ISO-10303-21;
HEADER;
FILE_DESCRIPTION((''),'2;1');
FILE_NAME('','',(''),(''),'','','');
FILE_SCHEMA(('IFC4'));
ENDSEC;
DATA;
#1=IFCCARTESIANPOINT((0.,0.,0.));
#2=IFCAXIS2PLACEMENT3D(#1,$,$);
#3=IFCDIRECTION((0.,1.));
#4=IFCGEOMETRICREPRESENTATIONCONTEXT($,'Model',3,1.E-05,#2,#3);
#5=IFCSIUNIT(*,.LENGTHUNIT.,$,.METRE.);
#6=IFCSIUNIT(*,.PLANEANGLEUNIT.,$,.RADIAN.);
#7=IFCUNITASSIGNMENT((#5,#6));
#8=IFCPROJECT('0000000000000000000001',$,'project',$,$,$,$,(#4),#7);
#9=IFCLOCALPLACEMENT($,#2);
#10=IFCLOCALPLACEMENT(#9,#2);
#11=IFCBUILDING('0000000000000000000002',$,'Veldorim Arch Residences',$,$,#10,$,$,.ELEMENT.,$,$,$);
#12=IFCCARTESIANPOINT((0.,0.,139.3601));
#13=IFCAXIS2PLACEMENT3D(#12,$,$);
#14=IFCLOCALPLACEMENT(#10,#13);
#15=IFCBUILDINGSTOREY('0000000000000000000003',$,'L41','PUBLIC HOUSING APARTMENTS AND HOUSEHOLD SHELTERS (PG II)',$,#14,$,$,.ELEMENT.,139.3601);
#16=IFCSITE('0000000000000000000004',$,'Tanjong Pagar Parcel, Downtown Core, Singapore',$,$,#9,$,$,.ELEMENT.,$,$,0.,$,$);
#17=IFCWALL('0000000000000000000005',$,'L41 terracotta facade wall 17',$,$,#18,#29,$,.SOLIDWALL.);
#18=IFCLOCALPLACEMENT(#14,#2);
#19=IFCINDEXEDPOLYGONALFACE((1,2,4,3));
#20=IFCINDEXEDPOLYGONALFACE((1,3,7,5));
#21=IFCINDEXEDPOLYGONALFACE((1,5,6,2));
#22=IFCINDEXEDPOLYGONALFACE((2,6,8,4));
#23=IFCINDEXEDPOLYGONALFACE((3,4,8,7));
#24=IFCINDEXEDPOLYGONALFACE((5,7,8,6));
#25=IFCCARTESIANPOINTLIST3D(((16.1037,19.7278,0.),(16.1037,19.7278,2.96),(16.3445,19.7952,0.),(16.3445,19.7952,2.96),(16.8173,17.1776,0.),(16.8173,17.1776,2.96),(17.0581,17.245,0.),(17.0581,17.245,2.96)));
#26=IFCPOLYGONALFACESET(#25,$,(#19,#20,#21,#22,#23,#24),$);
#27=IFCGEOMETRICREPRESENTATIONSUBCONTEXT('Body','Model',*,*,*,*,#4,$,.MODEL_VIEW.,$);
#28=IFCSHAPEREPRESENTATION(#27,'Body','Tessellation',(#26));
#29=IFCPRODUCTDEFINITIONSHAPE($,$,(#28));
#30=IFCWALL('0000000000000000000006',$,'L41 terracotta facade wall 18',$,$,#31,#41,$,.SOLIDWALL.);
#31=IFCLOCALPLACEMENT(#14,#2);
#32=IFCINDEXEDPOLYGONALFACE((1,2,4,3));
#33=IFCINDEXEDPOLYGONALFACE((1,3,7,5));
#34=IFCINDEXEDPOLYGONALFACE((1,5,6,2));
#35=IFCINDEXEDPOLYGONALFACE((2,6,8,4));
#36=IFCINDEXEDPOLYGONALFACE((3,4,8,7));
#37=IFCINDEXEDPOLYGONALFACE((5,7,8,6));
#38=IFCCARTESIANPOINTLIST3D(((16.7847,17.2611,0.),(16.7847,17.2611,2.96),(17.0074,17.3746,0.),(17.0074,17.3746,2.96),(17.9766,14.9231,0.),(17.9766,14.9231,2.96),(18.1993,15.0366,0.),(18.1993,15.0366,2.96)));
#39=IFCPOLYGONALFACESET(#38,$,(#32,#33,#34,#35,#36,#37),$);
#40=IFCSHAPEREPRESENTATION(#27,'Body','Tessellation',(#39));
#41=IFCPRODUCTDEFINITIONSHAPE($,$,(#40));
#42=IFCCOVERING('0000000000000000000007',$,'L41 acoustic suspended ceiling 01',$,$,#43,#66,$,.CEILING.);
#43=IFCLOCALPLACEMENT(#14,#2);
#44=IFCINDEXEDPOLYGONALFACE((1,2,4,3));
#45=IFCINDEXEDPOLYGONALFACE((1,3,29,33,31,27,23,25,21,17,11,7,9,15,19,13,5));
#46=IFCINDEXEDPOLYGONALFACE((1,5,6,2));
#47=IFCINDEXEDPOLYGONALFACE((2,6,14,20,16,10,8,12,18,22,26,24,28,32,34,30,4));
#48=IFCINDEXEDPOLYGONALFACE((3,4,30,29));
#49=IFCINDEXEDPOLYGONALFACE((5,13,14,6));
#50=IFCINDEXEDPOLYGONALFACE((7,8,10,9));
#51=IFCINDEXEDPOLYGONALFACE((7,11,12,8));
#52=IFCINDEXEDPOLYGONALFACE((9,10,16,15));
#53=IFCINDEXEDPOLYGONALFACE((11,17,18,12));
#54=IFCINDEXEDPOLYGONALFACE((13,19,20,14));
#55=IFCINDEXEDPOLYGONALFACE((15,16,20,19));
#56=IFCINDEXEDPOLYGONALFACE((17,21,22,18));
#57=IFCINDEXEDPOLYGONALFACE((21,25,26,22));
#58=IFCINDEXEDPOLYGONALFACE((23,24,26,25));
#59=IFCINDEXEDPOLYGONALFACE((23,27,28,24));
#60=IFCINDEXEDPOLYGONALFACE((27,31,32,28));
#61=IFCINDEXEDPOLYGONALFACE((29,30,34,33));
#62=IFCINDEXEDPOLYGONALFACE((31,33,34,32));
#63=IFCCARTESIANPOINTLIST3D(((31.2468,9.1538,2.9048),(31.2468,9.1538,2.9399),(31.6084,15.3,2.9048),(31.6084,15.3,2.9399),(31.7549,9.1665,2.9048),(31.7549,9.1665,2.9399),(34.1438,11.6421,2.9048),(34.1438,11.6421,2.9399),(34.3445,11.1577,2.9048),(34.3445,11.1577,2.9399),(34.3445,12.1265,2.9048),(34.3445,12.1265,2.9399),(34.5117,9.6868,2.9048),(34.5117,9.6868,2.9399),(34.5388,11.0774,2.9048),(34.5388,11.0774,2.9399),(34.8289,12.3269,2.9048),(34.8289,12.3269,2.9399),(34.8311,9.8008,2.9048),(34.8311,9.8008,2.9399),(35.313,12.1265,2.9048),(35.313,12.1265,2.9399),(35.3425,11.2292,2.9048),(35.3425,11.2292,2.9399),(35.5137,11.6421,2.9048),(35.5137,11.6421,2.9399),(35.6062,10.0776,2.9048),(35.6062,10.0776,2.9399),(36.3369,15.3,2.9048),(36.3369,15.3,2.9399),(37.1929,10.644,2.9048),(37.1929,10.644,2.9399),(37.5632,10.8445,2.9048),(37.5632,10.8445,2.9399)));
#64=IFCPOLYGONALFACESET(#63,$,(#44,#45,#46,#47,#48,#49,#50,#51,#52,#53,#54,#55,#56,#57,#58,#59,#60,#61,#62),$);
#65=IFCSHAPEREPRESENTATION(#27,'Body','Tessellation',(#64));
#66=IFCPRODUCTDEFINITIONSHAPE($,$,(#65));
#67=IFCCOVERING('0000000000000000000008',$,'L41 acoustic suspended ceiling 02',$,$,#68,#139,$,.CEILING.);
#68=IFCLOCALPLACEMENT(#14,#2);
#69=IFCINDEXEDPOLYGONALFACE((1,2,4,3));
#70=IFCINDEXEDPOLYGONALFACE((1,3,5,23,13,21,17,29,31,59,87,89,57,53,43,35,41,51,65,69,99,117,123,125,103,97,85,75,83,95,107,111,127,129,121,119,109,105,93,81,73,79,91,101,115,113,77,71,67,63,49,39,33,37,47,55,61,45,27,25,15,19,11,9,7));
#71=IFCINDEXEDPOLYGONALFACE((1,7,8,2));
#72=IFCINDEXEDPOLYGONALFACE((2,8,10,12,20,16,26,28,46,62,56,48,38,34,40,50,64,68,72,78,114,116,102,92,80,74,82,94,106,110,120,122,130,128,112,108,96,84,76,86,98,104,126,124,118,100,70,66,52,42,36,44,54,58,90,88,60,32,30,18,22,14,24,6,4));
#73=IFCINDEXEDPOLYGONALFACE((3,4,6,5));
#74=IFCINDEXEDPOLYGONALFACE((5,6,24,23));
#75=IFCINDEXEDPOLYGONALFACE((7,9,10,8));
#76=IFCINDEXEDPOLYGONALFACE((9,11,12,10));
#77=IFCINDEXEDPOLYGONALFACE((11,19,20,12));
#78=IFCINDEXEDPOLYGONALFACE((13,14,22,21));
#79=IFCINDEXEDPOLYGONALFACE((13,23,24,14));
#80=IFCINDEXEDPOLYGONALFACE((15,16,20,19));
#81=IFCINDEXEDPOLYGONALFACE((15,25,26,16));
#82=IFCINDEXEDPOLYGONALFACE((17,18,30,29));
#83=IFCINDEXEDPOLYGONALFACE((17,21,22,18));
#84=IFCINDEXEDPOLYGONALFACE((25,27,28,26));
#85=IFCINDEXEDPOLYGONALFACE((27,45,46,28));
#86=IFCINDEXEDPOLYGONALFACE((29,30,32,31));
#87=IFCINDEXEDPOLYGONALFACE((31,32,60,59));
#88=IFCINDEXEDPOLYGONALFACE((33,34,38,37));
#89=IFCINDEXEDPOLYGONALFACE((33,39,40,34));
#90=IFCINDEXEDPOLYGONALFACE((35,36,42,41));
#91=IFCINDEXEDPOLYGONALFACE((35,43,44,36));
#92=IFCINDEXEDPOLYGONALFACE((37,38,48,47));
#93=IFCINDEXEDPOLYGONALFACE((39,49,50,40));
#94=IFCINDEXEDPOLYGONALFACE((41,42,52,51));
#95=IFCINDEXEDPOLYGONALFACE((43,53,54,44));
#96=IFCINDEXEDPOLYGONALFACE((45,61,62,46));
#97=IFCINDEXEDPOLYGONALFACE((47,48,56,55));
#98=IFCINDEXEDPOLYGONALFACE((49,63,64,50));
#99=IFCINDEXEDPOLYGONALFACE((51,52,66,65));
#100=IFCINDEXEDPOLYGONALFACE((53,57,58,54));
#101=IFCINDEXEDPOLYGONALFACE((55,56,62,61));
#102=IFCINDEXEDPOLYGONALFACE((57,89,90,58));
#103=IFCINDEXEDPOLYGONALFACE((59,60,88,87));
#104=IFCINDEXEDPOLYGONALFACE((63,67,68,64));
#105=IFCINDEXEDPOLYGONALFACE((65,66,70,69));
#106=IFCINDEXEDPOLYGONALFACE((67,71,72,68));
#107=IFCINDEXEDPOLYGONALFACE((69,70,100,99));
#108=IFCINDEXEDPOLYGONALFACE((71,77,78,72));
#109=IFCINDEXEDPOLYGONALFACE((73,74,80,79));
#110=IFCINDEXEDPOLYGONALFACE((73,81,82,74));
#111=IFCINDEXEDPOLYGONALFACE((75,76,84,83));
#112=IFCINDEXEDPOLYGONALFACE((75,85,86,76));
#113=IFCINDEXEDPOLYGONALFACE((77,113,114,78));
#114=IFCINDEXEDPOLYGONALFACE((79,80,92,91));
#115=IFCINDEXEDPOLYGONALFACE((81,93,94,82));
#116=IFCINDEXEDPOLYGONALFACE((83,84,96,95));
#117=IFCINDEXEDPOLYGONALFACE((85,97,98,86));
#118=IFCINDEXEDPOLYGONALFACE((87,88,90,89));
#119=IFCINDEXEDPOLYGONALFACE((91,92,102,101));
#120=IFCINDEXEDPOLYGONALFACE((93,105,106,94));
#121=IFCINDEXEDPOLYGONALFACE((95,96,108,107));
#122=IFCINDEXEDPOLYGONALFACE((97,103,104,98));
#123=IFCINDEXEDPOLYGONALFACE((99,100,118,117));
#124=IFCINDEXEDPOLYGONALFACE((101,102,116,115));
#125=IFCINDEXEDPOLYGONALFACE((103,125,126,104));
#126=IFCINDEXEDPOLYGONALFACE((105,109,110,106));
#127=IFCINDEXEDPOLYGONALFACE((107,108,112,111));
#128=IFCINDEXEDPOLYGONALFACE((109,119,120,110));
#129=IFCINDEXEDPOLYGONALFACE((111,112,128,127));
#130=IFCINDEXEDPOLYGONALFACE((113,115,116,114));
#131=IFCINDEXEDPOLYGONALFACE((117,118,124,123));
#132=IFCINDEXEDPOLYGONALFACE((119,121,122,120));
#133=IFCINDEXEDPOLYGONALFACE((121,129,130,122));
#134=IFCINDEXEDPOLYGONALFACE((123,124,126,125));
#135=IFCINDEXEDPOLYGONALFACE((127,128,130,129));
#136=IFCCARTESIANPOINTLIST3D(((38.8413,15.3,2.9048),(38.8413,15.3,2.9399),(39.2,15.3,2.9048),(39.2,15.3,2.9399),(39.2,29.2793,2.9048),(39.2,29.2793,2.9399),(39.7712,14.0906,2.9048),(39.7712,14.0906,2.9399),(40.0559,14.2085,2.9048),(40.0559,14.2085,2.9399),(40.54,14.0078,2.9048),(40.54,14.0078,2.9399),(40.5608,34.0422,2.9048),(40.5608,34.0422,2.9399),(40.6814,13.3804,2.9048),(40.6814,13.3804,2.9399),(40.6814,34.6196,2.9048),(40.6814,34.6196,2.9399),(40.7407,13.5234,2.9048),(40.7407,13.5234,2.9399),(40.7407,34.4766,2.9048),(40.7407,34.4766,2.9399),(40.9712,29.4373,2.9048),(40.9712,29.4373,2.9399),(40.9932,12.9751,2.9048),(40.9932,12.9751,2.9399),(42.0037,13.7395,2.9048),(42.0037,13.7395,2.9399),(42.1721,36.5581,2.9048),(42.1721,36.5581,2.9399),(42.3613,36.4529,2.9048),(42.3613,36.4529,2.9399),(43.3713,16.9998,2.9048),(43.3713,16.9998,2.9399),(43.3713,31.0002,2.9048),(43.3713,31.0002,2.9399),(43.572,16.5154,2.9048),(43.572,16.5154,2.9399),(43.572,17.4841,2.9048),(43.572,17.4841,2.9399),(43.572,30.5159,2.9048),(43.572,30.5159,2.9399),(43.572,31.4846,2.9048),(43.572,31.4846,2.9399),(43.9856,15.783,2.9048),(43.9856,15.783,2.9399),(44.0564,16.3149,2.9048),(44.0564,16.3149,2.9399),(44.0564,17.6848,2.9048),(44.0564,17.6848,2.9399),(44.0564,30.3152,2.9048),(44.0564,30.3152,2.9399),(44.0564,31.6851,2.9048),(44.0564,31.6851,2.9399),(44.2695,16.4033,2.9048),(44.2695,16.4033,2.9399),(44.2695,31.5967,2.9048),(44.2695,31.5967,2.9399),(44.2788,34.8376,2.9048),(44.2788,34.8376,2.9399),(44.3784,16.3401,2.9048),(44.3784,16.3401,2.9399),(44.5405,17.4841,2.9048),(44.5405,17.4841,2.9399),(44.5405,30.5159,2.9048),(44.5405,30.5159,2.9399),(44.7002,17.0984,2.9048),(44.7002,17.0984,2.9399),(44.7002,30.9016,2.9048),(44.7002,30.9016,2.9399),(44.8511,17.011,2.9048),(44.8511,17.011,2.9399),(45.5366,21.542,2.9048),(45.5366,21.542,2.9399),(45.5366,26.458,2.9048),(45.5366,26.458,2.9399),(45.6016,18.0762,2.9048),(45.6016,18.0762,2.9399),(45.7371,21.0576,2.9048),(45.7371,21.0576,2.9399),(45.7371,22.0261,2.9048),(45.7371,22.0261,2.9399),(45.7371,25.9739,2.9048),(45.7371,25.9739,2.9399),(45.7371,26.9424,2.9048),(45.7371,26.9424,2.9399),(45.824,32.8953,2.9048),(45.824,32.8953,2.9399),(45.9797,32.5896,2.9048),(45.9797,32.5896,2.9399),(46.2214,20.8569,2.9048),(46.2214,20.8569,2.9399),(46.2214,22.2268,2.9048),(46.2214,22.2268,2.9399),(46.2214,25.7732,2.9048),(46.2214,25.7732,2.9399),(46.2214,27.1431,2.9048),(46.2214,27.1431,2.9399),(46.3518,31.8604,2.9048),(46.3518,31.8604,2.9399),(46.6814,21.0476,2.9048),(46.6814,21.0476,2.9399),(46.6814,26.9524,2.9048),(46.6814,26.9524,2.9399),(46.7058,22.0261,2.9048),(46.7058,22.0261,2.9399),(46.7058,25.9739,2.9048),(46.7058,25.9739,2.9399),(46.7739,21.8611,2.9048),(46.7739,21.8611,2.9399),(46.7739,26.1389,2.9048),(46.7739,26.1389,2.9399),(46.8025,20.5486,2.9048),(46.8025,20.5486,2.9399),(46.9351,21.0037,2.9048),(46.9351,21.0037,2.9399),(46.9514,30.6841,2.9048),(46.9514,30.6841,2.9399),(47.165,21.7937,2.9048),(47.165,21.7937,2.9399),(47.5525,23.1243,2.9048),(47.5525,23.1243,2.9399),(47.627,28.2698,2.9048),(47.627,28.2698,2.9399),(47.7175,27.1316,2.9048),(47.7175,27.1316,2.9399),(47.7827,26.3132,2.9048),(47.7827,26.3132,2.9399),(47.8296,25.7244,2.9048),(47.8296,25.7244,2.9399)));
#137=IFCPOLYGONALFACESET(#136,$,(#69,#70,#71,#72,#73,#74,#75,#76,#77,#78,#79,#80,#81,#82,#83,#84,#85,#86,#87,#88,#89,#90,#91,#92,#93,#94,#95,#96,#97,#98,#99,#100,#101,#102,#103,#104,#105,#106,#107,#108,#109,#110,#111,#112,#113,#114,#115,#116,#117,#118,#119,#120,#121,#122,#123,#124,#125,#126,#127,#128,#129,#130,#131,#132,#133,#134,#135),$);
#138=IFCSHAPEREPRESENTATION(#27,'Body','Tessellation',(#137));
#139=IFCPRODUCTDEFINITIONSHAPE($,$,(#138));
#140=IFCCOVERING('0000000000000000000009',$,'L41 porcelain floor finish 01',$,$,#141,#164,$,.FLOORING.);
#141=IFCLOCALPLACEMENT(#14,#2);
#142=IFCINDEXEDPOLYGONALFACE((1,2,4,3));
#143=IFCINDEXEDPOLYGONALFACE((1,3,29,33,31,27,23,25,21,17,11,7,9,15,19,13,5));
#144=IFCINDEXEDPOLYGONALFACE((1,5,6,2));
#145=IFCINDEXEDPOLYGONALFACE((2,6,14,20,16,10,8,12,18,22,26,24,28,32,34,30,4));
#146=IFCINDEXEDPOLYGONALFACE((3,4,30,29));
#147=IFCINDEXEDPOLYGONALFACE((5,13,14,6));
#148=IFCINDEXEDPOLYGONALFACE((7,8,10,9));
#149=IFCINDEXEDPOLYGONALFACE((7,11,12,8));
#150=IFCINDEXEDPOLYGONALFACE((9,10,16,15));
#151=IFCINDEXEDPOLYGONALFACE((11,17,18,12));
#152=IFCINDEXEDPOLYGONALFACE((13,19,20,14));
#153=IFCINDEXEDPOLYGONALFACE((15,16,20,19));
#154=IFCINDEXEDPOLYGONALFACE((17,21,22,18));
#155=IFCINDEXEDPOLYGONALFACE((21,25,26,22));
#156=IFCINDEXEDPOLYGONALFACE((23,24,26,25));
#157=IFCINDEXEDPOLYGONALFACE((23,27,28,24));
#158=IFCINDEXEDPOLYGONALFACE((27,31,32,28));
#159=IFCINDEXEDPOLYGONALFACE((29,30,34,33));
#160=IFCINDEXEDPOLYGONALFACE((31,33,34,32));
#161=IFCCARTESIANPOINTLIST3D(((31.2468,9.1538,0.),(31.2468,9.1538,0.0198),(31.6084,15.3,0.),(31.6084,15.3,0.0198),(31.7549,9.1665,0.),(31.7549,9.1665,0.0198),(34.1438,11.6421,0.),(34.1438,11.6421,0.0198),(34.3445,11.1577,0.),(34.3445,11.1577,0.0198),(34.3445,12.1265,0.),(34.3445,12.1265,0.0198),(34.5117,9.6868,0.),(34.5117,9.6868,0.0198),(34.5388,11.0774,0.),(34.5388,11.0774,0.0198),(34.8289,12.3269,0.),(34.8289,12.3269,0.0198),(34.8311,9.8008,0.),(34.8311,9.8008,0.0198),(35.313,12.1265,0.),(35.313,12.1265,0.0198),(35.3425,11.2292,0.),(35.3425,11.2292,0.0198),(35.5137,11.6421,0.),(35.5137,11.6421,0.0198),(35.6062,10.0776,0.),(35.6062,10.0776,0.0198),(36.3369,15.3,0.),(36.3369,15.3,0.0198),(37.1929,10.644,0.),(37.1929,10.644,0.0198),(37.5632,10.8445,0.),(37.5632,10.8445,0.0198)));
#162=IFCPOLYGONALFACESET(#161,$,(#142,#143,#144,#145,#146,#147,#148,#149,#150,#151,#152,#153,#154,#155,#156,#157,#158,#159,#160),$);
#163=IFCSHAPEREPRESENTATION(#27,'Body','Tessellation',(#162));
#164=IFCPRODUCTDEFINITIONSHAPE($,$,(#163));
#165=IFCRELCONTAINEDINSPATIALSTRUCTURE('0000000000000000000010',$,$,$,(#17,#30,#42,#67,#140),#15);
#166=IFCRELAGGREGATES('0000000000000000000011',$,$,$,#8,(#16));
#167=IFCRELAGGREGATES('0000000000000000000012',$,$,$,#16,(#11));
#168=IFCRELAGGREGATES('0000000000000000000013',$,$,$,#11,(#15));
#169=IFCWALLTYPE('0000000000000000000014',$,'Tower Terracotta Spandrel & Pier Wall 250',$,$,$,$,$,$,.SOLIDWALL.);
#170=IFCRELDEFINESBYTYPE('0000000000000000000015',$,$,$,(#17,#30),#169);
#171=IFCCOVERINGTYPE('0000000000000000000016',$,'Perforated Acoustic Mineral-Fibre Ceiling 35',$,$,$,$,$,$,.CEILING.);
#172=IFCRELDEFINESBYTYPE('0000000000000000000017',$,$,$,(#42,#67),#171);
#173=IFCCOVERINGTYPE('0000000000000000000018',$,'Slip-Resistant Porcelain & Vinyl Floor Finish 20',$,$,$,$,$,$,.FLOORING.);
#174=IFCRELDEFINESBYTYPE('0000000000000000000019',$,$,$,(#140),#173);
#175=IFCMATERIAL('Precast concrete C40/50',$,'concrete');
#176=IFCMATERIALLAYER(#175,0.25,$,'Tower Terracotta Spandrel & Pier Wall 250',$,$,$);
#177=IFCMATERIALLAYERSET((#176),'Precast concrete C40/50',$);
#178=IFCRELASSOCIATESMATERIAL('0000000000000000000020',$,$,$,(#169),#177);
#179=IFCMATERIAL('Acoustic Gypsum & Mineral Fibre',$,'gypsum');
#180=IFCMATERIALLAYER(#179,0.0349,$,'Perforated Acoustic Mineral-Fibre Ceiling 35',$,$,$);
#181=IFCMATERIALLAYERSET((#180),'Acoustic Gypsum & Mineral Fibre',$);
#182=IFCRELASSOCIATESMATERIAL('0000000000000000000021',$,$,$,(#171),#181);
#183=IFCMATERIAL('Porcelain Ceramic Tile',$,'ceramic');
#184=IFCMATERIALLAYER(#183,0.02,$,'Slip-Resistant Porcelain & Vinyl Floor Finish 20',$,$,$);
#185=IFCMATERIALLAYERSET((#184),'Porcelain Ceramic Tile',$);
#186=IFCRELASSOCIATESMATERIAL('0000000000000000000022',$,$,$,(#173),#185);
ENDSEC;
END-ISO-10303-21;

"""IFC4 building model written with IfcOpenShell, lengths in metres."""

from ifc_helpers import new_model, si_unit, direction, frame, frame_2d, origin, place, context, subcontext, project, spatial, polyline, rectangle, outline, extrude, material, layer, layer_set, type_object, element, save


model = new_model("IFC4")

# Units and contexts
model_context = context("Model", 3, precision=1e-05, world=origin(), true_north=direction((0.0, 1.0)))
body_context = subcontext(model_context, "Body", "Model", "MODEL_VIEW")
ifc_project = project(units=[si_unit("LENGTHUNIT", "METRE"), si_unit("PLANEANGLEUNIT", "RADIAN")], contexts=[model_context])

# Site, building, storey
site_placement = place(None, origin())
site = spatial("IfcSite", under=ifc_project, at=site_placement, Name="Tanjong Pagar Parcel, Downtown Core, Singapore", CompositionType="ELEMENT", RefElevation=0.0)
building_placement = place(site_placement, origin())
building = spatial("IfcBuilding", under=site, at=building_placement, Name="Veldorim Arch Residences", CompositionType="ELEMENT")
storey_placement = place(building_placement, frame((0.0, 0.0, 139.3601)))
storey = spatial("IfcBuildingStorey", under=building, at=storey_placement, Name="L41", Description="PUBLIC HOUSING APARTMENTS AND HOUSEHOLD SHELTERS (PG II)", CompositionType="ELEMENT", Elevation=139.3601)

# Walls
ifc_material_1 = material(Name="Precast concrete C40/50", Category="concrete")
ifc_layer_1 = layer(ifc_material_1, 0.25, Name="Tower Terracotta Spandrel & Pier Wall 250")
ifc_layer_set_1 = layer_set([ifc_layer_1], Name="Precast concrete C40/50")
wall_type_1 = type_object("IfcWallType", Name="Tower Terracotta Spandrel & Pier Wall 250", PredefinedType="SOLIDWALL", material=ifc_layer_set_1)
wall_1_placement = place(storey_placement, frame((16.9377, 17.2112, 0.0), z_axis=(0.0, 0.0, 1.0), x_axis=(-0.269469, 0.963009, 0.0)))
element("IfcWall", 1, at=wall_1_placement, inside=storey, type_object=wall_type_1, Name="L41 terracotta facade wall 17", PredefinedType="SOLIDWALL", context=body_context, shape_type="SweptSolid", body=[
    extrude(rectangle(XDim=2.6482, YDim=0.25, at=frame_2d((1.3242, 0.0))), origin(), (0.0, 0.0, 1.0), 2.96),
])
wall_2_placement = place(storey_placement, frame((18.0879, 14.98, 0.0), z_axis=(0.0, 0.0, 1.0), x_axis=(-0.454196, 0.890902, 0.0)))
element("IfcWall", 2, at=wall_2_placement, inside=storey, type_object=wall_type_1, Name="L41 terracotta facade wall 18", PredefinedType="SOLIDWALL", context=body_context, shape_type="SweptSolid", body=[
    extrude(rectangle(XDim=2.6243, YDim=0.25, at=frame_2d((1.312, 0.0))), origin(), (0.0, 0.0, 1.0), 2.96),
])

# Coverings
ifc_material_2 = material(Name="Acoustic Gypsum & Mineral Fibre", Category="gypsum")
ifc_layer_2 = layer(ifc_material_2, 0.0349, Name="Perforated Acoustic Mineral-Fibre Ceiling 35")
ifc_layer_set_2 = layer_set([ifc_layer_2], Name="Acoustic Gypsum & Mineral Fibre")
covering_type_1 = type_object("IfcCoveringType", Name="Perforated Acoustic Mineral-Fibre Ceiling 35", PredefinedType="CEILING", material=ifc_layer_set_2)
covering_1_placement = place(storey_placement, frame((0.0, 0.0, 2.9048)))
element("IfcCovering", 3, at=covering_1_placement, inside=storey, type_object=covering_type_1, Name="L41 acoustic suspended ceiling 01", PredefinedType="CEILING", context=body_context, shape_type="SweptSolid", body=[
    extrude(outline(polyline([(35.5137, 11.6421), (35.313, 12.1265), (34.8289, 12.3269), (34.3445, 12.1265), (34.1438, 11.6421), (34.3445, 11.1577), (34.5388, 11.0774), (34.8311, 9.8008), (34.5117, 9.6868), (31.7549, 9.1665), (31.2468, 9.1538), (31.6084, 15.3), (36.3369, 15.3), (37.5632, 10.8445), (37.1929, 10.644), (35.6062, 10.0776), (35.3425, 11.2292), (35.5137, 11.6421)])), origin(), (0.0, 0.0, 1.0), 0.0352),
])
covering_2_placement = place(storey_placement, frame((0.0, 0.0, 2.9048)))
element("IfcCovering", 4, at=covering_2_placement, inside=storey, type_object=covering_type_1, Name="L41 acoustic suspended ceiling 02", PredefinedType="CEILING", context=body_context, shape_type="SweptSolid", body=[
    extrude(outline(polyline([(40.7407, 34.4766), (40.6814, 34.6196), (42.1721, 36.5581), (42.3613, 36.4529), (44.2788, 34.8376), (45.824, 32.8953), (45.9797, 32.5896), (44.2695, 31.5967), (44.0564, 31.6851), (43.572, 31.4846), (43.3713, 31.0002), (43.572, 30.5159), (44.0564, 30.3152), (44.5405, 30.5159), (44.7002, 30.9016), (46.3518, 31.8604), (46.9514, 30.6841), (47.627, 28.2698), (47.7175, 27.1316), (46.6814, 26.9524), (46.2214, 27.1431), (45.7371, 26.9424), (45.5366, 26.458), (45.7371, 25.9739), (46.2214, 25.7732), (46.7058, 25.9739), (46.7739, 26.1389), (47.7827, 26.3132), (47.8296, 25.7244), (47.5525, 23.1243), (47.165, 21.7937), (46.7739, 21.8611), (46.7058, 22.0261), (46.2214, 22.2268), (45.7371, 22.0261), (45.5366, 21.542), (45.7371, 21.0576), (46.2214, 20.8569), (46.6814, 21.0476), (46.9351, 21.0037), (46.8025, 20.5486), (45.6016, 18.0762), (44.8511, 17.011), (44.7002, 17.0984), (44.5405, 17.4841), (44.0564, 17.6848), (43.572, 17.4841), (43.3713, 16.9998), (43.572, 16.5154), (44.0564, 16.3149), (44.2695, 16.4033), (44.3784, 16.3401), (43.9856, 15.783), (42.0037, 13.7395), (40.9932, 12.9751), (40.6814, 13.3804), (40.7407, 13.5234), (40.54, 14.0078), (40.0559, 14.2085), (39.7712, 14.0906), (38.8413, 15.3), (39.2, 15.3), (39.2, 29.2793), (40.9712, 29.4373), (40.5608, 34.0422), (40.7407, 34.4766)])), origin(), (0.0, 0.0, 1.0), 0.0352),
])
ifc_material_3 = material(Name="Porcelain Ceramic Tile", Category="ceramic")
ifc_layer_3 = layer(ifc_material_3, 0.02, Name="Slip-Resistant Porcelain & Vinyl Floor Finish 20")
ifc_layer_set_3 = layer_set([ifc_layer_3], Name="Porcelain Ceramic Tile")
covering_type_2 = type_object("IfcCoveringType", Name="Slip-Resistant Porcelain & Vinyl Floor Finish 20", PredefinedType="FLOORING", material=ifc_layer_set_3)
covering_3_placement = place(storey_placement, origin())
element("IfcCovering", 5, at=covering_3_placement, inside=storey, type_object=covering_type_2, Name="L41 porcelain floor finish 01", PredefinedType="FLOORING", context=body_context, shape_type="SweptSolid", body=[
    extrude(outline(polyline([(35.5137, 11.6421), (35.313, 12.1265), (34.8289, 12.3269), (34.3445, 12.1265), (34.1438, 11.6421), (34.3445, 11.1577), (34.5388, 11.0774), (34.8311, 9.8008), (34.5117, 9.6868), (31.7549, 9.1665), (31.2468, 9.1538), (31.6084, 15.3), (36.3369, 15.3), (37.5632, 10.8445), (37.1929, 10.644), (35.6062, 10.0776), (35.3425, 11.2292), (35.5137, 11.6421)])), origin(), (0.0, 0.0, 1.0), 0.0198),
])

save(model, "model.ifc")
